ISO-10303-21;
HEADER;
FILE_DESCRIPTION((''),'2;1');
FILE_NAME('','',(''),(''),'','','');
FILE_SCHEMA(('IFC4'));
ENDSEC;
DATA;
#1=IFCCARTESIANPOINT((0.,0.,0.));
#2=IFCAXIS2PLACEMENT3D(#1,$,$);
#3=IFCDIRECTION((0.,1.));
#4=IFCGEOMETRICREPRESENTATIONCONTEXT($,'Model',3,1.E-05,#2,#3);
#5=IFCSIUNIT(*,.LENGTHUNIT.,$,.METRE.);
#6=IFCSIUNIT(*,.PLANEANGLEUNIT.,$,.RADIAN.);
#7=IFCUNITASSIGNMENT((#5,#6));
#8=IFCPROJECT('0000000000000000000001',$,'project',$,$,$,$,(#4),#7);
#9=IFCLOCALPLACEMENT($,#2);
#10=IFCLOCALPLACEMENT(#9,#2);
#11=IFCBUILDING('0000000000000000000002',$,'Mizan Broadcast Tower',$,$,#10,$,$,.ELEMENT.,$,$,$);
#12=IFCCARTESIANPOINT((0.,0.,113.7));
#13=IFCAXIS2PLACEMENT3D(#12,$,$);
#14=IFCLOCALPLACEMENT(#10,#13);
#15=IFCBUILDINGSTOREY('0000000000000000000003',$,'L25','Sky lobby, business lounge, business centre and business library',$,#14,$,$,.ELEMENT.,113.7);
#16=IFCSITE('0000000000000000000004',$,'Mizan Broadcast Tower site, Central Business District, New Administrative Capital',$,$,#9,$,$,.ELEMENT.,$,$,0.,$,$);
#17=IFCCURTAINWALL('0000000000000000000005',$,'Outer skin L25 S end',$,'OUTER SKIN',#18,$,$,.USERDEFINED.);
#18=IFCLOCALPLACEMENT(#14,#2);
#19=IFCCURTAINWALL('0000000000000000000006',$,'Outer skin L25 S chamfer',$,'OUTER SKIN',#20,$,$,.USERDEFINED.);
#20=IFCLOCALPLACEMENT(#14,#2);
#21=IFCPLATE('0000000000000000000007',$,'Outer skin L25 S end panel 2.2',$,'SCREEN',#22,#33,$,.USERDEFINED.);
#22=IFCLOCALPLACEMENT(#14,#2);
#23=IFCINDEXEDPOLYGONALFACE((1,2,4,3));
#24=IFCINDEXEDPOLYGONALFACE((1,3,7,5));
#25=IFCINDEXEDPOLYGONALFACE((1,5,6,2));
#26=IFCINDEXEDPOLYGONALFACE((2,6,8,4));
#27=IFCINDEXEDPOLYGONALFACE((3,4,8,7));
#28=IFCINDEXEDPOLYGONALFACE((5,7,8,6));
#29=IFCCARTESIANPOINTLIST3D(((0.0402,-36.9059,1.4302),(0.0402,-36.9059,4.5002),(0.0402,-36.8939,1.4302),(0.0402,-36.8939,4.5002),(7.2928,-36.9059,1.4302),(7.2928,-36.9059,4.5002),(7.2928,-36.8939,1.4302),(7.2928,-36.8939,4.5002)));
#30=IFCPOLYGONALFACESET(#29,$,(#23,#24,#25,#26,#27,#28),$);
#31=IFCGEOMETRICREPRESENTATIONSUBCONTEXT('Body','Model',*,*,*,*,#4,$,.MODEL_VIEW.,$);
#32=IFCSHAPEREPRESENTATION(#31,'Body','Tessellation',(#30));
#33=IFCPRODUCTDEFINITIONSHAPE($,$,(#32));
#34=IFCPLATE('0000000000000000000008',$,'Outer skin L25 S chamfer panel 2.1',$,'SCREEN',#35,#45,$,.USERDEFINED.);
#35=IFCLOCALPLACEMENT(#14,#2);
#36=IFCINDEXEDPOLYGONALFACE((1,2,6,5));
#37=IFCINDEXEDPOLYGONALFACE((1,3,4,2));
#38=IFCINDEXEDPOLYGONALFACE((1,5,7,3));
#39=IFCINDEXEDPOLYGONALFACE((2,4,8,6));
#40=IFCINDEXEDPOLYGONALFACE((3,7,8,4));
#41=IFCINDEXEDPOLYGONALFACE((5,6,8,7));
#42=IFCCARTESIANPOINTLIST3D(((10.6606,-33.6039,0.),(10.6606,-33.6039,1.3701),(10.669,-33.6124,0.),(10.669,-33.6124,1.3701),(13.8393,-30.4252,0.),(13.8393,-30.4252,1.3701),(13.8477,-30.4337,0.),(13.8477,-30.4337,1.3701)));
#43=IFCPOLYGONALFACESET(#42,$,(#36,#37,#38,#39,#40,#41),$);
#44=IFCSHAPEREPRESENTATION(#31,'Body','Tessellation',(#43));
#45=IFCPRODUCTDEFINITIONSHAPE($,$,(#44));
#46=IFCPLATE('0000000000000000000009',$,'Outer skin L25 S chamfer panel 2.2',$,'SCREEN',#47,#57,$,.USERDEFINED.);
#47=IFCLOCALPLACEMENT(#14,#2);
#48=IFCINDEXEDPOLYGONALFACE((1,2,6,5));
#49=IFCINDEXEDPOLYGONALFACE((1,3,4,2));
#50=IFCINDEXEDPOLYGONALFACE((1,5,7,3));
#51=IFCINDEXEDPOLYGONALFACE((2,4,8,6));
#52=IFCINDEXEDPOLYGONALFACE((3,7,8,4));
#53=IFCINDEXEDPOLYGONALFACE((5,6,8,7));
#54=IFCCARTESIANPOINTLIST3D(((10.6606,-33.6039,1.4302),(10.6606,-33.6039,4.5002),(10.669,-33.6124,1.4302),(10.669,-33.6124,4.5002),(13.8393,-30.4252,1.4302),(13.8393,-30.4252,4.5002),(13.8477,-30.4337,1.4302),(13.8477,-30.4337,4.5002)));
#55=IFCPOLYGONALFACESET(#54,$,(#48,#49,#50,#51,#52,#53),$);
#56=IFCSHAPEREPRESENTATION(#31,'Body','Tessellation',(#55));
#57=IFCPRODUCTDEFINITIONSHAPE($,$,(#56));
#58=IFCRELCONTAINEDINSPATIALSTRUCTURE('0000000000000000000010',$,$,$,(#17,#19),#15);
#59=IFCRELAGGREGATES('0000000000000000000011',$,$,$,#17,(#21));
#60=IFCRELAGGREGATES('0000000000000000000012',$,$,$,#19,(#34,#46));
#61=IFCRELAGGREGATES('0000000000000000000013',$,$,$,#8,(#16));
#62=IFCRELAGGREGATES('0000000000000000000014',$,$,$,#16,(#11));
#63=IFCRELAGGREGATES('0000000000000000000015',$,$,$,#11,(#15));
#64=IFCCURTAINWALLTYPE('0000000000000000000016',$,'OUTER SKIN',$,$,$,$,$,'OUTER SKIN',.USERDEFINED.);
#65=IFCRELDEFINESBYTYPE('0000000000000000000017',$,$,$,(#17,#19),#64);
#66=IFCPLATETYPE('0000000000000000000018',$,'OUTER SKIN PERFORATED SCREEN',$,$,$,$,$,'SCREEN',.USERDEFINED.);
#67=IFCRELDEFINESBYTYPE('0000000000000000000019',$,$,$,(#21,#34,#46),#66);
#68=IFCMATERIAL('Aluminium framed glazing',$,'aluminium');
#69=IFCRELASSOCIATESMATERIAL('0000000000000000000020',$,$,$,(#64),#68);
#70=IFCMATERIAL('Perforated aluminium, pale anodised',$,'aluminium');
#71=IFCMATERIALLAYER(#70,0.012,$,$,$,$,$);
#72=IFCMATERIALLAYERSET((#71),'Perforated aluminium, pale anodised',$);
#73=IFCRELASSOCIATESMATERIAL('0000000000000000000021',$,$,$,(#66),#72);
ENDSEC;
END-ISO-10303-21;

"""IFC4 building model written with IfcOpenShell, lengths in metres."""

from ifc_helpers import new_model, si_unit, direction, frame, origin, origin_2d, place, context, subcontext, project, spatial, rectangle, extrude, material, layer, layer_set, type_object, element, aggregate, save


model = new_model("IFC4")

# Units and contexts
model_context = context("Model", 3, precision=1e-05, world=origin(), true_north=direction((0.0, 1.0)))
body_context = subcontext(model_context, "Body", "Model", "MODEL_VIEW")
ifc_project = project(units=[si_unit("LENGTHUNIT", "METRE"), si_unit("PLANEANGLEUNIT", "RADIAN")], contexts=[model_context])

# Site, building, storey
site_placement = place(None, origin())
site = spatial("IfcSite", under=ifc_project, at=site_placement, Name="Mizan Broadcast Tower site, Central Business District, New Administrative Capital", CompositionType="ELEMENT", RefElevation=0.0)
building_placement = place(site_placement, origin())
building = spatial("IfcBuilding", under=site, at=building_placement, Name="Mizan Broadcast Tower", CompositionType="ELEMENT")
storey_placement = place(building_placement, frame((0.0, 0.0, 113.7)))
storey = spatial("IfcBuildingStorey", under=building, at=storey_placement, Name="L25", Description="Sky lobby, business lounge, business centre and business library", CompositionType="ELEMENT", Elevation=113.7)

# Curtain wall
ifc_material_1 = material(Name="Aluminium framed glazing", Category="aluminium")
curtain_wall_type_1 = type_object("IfcCurtainWallType", Name="OUTER SKIN", ElementType="OUTER SKIN", PredefinedType="USERDEFINED", material=ifc_material_1)
curtain_wall_1_placement = place(storey_placement, origin())
curtain_wall_1 = element("IfcCurtainWall", 1, at=curtain_wall_1_placement, inside=storey, type_object=curtain_wall_type_1, Name="Outer skin L25 S end", ObjectType="OUTER SKIN", PredefinedType="USERDEFINED")

# Curtain wall
curtain_wall_2_placement = place(storey_placement, origin())
curtain_wall_2 = element("IfcCurtainWall", 2, at=curtain_wall_2_placement, inside=storey, type_object=curtain_wall_type_1, Name="Outer skin L25 S chamfer", ObjectType="OUTER SKIN", PredefinedType="USERDEFINED")

# Plates
ifc_material_2 = material(Name="Perforated aluminium, pale anodised", Category="aluminium")
ifc_layer_1 = layer(ifc_material_2, 0.012)
ifc_layer_set_1 = layer_set([ifc_layer_1], Name="Perforated aluminium, pale anodised")
plate_type_1 = type_object("IfcPlateType", Name="OUTER SKIN PERFORATED SCREEN", ElementType="SCREEN", PredefinedType="USERDEFINED", material=ifc_layer_set_1)
plate_1_placement = place(storey_placement, frame((3.6665, -36.8999, 1.4302), z_axis=(0.0, 0.0, 1.0), x_axis=(1.0, 0.0, 0.0)))
plate_1 = element("IfcPlate", 3, at=plate_1_placement, type_object=plate_type_1, Name="Outer skin L25 S end panel 2.2", ObjectType="SCREEN", PredefinedType="USERDEFINED", context=body_context, shape_type="SweptSolid", body=[
    extrude(rectangle(XDim=7.2527, YDim=0.012, at=origin_2d()), origin(), (0.0, 0.0, 1.0), 3.0701),
])
aggregate(curtain_wall_1, [plate_1])
plate_2_placement = place(storey_placement, frame((12.2542, -32.0188, 0.0), z_axis=(0.0, 0.0, 1.0), x_axis=(0.707107, 0.707107, 0.0)))
plate_2 = element("IfcPlate", 4, at=plate_2_placement, type_object=plate_type_1, Name="Outer skin L25 S chamfer panel 2.1", ObjectType="SCREEN", PredefinedType="USERDEFINED", context=body_context, shape_type="SweptSolid", body=[
    extrude(rectangle(XDim=4.4954, YDim=0.012, at=origin_2d()), origin(), (0.0, 0.0, 1.0), 1.3701),
])
plate_3_placement = place(storey_placement, frame((12.2542, -32.0188, 1.4302), z_axis=(0.0, 0.0, 1.0), x_axis=(0.707107, 0.707107, 0.0)))
plate_3 = element("IfcPlate", 5, at=plate_3_placement, type_object=plate_type_1, Name="Outer skin L25 S chamfer panel 2.2", ObjectType="SCREEN", PredefinedType="USERDEFINED", context=body_context, shape_type="SweptSolid", body=[
    extrude(rectangle(XDim=4.4954, YDim=0.012, at=origin_2d()), origin(), (0.0, 0.0, 1.0), 3.0701),
])
aggregate(curtain_wall_2, [plate_2, plate_3])

save(model, "model.ifc")
